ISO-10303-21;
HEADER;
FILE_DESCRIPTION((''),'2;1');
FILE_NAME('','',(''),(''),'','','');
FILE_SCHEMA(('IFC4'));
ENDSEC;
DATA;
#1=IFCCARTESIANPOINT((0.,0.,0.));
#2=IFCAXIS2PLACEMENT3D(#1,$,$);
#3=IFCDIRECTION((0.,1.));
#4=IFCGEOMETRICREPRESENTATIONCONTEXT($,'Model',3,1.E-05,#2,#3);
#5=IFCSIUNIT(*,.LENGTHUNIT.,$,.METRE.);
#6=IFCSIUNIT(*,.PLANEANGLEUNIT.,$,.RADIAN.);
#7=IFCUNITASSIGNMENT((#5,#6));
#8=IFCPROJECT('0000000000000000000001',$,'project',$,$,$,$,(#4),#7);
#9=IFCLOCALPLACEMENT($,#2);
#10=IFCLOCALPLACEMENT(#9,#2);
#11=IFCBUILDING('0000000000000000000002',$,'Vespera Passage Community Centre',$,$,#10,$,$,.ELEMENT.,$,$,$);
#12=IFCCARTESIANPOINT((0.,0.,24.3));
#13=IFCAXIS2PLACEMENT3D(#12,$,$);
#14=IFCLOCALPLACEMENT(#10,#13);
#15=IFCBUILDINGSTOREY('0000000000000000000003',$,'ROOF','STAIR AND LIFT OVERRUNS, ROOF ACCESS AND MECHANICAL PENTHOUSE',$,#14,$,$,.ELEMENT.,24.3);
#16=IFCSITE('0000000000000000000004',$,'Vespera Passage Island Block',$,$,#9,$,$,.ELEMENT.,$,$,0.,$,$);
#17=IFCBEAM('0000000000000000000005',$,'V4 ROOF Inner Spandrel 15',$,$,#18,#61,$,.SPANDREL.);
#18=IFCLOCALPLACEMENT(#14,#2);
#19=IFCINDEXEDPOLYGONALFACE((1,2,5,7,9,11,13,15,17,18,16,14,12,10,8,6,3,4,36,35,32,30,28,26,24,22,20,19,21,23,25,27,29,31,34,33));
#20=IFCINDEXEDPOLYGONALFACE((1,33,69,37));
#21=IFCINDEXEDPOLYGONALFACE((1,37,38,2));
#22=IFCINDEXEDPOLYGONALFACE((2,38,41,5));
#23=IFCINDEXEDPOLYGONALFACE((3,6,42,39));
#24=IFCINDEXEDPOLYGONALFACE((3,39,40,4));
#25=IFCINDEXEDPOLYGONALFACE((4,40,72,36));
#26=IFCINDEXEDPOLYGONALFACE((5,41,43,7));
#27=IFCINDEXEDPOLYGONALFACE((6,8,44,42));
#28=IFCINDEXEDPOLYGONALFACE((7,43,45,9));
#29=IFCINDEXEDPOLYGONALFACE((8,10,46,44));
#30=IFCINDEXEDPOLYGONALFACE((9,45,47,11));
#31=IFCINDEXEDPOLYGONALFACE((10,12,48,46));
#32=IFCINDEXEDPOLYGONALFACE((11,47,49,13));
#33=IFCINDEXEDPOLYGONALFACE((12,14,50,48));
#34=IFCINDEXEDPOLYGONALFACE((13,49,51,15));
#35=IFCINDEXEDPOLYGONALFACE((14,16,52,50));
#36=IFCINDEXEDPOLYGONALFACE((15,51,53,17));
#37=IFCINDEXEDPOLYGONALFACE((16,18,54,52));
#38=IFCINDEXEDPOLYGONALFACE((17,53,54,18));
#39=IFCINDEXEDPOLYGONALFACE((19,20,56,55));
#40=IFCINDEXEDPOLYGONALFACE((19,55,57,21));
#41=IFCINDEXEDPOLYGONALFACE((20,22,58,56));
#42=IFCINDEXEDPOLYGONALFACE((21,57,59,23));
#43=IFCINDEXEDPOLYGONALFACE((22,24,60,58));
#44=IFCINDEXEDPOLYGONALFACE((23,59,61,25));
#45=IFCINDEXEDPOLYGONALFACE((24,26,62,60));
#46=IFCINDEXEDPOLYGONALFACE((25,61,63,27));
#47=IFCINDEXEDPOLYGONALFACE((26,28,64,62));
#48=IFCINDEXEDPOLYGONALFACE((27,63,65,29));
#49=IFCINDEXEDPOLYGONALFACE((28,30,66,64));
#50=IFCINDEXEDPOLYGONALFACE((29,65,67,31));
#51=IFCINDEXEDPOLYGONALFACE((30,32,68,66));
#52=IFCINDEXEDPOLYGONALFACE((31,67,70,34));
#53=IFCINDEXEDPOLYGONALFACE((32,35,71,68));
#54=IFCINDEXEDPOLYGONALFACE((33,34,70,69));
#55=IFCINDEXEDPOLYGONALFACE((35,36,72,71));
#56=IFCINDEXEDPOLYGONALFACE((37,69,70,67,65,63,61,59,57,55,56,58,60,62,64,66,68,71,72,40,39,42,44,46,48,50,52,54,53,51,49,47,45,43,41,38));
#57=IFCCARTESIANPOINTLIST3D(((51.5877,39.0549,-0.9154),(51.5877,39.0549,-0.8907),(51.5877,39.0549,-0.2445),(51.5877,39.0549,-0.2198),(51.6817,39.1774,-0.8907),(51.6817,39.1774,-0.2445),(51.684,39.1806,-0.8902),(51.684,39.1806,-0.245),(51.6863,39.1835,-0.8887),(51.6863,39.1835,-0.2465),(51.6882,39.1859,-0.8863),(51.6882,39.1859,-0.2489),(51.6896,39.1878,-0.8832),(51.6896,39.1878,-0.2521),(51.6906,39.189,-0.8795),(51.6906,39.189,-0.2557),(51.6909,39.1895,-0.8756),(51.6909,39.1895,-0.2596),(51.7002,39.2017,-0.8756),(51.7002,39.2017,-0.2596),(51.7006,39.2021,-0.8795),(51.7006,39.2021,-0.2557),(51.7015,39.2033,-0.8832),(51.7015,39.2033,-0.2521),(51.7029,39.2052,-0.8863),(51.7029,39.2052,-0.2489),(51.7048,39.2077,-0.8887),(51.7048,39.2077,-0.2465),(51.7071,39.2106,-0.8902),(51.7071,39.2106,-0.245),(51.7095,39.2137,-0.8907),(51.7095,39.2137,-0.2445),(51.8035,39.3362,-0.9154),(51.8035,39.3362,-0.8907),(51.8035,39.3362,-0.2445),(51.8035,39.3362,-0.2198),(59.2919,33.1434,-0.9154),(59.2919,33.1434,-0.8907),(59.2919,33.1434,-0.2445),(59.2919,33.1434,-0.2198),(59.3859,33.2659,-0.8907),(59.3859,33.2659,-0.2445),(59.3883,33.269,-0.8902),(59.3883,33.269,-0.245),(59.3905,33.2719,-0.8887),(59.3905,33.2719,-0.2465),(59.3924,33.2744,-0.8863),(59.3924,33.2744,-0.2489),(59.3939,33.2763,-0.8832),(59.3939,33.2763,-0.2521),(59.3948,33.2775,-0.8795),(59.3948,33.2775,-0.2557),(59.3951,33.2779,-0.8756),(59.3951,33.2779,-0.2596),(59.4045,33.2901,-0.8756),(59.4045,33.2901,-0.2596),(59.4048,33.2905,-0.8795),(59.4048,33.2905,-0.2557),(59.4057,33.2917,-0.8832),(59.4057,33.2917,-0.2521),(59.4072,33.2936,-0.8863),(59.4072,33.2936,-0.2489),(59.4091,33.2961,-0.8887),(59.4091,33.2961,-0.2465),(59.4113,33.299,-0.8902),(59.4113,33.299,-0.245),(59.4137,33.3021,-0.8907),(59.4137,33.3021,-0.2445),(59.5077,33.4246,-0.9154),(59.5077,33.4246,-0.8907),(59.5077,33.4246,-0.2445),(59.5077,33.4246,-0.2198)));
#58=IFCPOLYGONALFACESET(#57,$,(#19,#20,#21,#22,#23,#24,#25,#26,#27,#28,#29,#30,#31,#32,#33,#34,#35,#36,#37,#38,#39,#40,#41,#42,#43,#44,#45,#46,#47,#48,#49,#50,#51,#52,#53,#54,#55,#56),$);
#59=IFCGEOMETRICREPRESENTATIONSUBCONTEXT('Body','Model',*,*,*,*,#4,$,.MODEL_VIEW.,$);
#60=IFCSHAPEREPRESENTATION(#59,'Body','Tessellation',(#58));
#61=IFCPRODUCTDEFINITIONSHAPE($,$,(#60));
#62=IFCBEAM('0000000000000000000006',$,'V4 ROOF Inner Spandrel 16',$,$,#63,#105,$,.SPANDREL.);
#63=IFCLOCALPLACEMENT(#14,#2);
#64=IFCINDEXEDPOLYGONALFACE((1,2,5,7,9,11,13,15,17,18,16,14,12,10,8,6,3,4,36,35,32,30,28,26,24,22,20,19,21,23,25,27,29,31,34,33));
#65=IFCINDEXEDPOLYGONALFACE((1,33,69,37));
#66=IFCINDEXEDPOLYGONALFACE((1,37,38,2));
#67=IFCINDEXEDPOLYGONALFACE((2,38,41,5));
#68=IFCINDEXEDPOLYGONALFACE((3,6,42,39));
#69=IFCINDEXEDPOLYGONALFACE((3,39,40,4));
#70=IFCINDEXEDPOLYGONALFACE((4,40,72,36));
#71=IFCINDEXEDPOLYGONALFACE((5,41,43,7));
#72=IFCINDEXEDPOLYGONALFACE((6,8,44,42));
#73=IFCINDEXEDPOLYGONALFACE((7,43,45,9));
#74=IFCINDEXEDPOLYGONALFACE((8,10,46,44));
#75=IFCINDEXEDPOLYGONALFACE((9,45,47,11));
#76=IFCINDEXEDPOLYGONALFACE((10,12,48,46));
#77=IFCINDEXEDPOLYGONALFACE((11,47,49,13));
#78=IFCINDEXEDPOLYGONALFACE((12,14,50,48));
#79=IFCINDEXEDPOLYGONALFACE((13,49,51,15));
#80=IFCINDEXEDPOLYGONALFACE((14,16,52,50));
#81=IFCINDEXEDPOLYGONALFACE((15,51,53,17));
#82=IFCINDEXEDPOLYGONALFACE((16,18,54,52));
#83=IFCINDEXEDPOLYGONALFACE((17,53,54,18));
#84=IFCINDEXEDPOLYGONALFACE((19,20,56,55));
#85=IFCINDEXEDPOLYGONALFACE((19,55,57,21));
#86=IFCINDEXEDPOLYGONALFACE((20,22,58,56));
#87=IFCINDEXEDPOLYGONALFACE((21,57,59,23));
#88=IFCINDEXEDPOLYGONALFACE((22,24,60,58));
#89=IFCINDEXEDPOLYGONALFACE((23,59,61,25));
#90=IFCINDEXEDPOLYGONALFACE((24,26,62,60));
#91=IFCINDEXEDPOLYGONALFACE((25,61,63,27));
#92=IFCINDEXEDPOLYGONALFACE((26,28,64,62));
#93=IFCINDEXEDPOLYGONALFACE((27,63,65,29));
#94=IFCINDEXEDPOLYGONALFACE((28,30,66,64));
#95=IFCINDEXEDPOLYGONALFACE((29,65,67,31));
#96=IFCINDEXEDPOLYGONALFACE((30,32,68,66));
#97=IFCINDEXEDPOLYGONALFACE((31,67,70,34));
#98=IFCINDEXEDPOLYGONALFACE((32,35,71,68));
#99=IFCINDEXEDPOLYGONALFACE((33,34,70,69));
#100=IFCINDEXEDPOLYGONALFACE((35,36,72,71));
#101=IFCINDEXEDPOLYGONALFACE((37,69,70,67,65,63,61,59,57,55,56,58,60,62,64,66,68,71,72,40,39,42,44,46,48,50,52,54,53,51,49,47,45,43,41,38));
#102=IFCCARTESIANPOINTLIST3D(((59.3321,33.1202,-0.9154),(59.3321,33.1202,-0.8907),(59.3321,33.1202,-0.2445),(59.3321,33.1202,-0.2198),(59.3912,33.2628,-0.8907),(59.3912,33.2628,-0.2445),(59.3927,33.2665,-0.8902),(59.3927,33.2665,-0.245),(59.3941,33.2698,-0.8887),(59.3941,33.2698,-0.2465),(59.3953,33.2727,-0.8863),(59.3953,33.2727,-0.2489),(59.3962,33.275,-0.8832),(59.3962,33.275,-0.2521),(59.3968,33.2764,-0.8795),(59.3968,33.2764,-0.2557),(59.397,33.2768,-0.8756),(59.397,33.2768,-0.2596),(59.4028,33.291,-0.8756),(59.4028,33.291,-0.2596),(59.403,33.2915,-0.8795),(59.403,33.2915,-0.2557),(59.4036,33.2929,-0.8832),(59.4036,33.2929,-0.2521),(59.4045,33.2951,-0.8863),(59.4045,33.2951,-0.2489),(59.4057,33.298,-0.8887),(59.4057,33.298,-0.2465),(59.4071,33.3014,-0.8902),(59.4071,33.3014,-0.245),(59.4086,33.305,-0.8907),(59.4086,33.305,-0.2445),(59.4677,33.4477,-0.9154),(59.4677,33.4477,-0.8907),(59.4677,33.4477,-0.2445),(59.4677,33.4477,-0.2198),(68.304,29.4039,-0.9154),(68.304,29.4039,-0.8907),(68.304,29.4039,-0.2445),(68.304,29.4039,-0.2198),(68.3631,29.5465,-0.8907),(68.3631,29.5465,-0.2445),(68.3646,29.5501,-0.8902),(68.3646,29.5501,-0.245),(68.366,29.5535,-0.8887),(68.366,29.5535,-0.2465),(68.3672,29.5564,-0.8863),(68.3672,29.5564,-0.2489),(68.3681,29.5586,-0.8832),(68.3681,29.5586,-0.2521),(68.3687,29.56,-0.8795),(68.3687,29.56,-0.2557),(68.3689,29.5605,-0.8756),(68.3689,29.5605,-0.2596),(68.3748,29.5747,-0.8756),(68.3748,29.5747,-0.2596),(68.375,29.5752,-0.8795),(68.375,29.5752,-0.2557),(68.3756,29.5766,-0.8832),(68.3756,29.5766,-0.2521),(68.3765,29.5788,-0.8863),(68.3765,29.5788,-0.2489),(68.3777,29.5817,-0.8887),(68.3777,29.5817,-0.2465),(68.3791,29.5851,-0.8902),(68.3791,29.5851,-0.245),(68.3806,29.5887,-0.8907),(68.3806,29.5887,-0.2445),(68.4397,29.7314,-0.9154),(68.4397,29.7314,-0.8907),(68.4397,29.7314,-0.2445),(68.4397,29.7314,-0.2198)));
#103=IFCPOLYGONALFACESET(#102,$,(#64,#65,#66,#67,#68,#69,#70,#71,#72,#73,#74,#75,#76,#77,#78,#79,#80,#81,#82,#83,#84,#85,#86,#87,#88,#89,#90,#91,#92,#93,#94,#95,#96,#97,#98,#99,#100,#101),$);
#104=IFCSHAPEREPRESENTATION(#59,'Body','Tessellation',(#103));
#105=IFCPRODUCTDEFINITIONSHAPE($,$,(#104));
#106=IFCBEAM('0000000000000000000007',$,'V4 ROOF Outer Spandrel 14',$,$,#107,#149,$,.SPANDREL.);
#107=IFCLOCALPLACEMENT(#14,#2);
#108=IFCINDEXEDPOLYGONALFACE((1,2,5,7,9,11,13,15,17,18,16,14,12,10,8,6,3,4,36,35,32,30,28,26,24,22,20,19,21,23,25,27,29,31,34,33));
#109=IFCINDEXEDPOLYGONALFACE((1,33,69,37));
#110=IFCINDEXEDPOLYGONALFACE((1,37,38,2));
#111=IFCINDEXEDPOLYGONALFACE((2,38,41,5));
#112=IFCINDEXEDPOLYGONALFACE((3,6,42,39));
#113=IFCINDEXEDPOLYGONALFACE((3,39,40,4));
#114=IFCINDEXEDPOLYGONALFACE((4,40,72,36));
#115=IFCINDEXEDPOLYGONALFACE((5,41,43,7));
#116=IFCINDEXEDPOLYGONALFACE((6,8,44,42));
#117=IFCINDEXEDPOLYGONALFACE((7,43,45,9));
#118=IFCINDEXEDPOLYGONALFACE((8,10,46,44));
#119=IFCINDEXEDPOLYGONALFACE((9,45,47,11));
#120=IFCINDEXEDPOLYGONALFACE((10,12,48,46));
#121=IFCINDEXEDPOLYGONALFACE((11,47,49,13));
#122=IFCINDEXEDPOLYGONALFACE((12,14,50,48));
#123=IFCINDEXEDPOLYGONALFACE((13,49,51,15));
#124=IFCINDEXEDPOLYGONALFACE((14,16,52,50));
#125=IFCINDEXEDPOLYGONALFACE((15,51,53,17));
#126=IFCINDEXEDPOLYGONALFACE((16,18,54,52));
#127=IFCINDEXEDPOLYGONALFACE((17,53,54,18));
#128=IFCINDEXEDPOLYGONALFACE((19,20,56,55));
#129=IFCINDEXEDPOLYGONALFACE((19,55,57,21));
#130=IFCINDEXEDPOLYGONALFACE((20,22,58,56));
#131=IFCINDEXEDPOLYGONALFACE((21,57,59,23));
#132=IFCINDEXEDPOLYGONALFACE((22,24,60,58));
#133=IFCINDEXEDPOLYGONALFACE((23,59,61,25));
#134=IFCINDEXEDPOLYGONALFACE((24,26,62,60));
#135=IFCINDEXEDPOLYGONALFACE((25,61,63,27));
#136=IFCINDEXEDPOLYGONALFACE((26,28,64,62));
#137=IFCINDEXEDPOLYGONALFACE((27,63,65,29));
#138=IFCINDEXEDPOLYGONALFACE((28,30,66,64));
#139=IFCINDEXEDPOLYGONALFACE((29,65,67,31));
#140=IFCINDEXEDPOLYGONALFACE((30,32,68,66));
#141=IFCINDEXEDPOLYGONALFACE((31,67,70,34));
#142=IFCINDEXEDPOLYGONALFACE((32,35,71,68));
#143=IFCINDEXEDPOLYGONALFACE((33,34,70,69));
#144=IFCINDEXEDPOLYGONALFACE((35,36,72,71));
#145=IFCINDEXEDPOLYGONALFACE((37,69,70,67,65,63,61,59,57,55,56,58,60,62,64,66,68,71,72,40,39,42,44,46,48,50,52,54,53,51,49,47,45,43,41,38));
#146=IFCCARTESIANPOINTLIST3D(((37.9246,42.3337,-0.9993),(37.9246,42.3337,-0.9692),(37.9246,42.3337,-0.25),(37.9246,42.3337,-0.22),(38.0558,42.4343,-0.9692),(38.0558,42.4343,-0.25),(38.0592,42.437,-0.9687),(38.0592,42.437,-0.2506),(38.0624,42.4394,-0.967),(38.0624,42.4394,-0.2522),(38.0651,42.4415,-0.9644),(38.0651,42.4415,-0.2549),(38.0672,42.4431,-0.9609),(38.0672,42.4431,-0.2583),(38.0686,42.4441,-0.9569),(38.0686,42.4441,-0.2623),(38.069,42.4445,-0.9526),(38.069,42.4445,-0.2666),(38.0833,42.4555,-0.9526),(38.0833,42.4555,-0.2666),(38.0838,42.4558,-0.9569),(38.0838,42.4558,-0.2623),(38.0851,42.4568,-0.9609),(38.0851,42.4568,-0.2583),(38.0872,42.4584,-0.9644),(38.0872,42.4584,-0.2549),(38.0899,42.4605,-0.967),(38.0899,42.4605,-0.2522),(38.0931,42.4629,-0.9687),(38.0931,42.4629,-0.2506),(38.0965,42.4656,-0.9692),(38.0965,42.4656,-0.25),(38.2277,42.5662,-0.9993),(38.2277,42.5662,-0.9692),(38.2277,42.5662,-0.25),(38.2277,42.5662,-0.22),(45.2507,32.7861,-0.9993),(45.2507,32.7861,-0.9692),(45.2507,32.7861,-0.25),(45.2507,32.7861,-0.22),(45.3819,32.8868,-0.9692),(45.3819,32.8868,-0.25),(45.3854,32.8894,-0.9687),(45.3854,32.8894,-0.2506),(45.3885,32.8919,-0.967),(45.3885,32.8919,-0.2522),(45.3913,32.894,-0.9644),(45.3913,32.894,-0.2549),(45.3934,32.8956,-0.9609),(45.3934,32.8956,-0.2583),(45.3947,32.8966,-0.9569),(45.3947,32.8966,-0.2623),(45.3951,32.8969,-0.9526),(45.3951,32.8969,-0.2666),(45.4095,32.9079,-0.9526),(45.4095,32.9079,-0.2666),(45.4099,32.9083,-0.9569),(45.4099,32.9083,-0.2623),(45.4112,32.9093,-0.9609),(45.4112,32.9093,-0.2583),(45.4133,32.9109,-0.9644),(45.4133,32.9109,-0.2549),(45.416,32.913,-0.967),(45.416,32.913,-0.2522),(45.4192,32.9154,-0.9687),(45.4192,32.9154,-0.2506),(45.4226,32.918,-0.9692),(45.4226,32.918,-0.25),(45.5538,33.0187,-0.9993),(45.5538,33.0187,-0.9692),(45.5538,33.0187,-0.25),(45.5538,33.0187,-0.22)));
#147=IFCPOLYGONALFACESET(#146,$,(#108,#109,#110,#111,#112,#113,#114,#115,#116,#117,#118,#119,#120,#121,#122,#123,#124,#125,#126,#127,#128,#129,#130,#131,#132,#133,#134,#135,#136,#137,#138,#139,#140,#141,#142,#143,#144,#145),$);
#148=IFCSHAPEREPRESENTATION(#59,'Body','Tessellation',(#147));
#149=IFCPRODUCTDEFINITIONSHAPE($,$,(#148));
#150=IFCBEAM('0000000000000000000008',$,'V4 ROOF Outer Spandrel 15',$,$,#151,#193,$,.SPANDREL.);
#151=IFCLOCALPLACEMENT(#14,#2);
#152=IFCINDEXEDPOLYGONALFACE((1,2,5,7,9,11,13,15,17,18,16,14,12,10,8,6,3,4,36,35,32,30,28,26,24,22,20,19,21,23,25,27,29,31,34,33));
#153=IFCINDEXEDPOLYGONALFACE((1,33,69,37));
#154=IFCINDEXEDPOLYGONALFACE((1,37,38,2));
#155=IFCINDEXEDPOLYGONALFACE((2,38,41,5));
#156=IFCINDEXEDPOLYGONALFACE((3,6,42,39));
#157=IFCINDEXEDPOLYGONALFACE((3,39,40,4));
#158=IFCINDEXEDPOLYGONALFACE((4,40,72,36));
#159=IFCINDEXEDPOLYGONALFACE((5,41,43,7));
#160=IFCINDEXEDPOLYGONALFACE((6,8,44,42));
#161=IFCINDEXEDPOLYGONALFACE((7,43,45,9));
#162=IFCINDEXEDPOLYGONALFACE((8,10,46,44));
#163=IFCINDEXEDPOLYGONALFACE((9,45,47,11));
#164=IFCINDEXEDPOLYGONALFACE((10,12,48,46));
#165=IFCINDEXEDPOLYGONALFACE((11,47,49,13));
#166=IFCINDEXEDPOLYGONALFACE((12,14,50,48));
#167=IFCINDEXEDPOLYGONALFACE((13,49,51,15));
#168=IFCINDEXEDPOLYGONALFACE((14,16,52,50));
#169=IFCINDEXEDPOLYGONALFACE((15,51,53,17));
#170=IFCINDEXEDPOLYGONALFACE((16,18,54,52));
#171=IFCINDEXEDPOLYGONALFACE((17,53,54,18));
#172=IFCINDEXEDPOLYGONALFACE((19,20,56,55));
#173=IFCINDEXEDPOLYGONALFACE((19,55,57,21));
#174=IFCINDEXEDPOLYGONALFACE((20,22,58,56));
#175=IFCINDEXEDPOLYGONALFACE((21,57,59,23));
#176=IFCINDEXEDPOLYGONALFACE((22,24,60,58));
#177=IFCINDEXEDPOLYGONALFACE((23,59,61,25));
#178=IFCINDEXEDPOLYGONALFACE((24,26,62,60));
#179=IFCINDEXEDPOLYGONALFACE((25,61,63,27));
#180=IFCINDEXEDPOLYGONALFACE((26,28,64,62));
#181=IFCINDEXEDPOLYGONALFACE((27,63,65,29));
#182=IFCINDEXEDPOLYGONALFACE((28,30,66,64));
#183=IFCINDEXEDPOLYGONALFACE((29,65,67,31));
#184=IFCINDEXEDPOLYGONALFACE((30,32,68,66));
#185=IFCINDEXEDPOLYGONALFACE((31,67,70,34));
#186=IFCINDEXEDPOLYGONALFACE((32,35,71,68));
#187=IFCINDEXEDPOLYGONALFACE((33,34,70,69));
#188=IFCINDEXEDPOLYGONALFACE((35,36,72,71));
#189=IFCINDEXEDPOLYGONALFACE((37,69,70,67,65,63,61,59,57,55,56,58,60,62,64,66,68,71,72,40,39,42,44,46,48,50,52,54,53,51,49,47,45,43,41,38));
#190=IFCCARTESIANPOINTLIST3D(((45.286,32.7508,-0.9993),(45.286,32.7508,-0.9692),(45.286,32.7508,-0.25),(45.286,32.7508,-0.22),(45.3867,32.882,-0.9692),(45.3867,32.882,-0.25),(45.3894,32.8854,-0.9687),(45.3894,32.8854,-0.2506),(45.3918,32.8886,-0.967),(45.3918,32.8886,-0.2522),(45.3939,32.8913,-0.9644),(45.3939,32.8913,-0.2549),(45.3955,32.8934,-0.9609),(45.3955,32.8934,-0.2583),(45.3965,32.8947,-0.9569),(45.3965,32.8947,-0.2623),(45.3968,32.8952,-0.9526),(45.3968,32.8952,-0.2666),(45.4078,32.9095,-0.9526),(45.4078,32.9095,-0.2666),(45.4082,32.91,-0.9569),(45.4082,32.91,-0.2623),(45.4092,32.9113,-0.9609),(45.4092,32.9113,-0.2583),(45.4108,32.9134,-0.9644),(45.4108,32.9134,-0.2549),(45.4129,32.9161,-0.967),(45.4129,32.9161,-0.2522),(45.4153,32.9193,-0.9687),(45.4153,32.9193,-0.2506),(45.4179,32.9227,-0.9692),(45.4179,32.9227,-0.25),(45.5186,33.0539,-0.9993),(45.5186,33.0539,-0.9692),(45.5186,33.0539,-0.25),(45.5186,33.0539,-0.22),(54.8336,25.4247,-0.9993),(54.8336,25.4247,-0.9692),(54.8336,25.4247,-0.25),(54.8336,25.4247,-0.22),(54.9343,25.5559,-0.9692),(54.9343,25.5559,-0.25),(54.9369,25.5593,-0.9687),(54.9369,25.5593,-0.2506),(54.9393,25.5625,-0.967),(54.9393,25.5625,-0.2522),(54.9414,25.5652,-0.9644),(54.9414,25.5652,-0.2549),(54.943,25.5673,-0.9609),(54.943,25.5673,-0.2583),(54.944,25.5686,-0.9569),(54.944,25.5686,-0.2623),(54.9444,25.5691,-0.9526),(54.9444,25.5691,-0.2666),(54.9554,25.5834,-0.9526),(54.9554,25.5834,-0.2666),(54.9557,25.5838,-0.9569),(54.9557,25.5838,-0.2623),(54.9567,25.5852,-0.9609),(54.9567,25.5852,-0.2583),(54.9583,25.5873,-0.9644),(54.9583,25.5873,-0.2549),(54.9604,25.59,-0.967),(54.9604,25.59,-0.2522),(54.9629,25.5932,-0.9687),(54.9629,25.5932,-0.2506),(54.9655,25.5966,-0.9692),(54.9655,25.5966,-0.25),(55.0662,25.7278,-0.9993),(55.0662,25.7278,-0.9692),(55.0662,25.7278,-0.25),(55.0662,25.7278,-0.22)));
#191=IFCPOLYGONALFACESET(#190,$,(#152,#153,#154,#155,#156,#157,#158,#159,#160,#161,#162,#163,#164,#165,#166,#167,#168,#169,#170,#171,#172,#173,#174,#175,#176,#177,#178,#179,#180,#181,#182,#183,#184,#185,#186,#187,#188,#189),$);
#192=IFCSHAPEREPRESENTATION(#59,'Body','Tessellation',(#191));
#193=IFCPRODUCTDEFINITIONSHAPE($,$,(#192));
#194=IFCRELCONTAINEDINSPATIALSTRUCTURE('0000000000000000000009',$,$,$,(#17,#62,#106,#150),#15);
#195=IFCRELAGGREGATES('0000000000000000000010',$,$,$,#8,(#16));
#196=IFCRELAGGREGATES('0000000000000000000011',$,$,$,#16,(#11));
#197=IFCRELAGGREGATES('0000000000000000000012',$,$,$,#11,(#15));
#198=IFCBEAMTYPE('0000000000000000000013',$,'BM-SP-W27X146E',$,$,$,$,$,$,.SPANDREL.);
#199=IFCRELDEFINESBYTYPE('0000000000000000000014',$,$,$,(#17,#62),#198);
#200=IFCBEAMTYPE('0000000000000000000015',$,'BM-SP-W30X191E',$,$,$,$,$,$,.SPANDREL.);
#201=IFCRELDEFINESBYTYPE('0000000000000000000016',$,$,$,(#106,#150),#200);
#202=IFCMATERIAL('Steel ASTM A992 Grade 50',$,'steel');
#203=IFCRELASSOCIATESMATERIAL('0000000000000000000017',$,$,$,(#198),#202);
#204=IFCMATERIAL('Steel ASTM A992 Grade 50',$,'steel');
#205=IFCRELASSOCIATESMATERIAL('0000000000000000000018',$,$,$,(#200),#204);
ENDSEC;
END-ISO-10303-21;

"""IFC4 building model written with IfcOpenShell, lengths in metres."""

from ifc_helpers import new_model, si_unit, direction, frame, origin, origin_2d, place, context, subcontext, project, spatial, i_section, extrude, material, material_profile, profile_set, type_object, element, save


model = new_model("IFC4")

# Units and contexts
model_context = context("Model", 3, precision=1e-05, world=origin(), true_north=direction((0.0, 1.0)))
body_context = subcontext(model_context, "Body", "Model", "MODEL_VIEW")
ifc_project = project(units=[si_unit("LENGTHUNIT", "METRE"), si_unit("PLANEANGLEUNIT", "RADIAN")], contexts=[model_context])

# Site, building, storey
site_placement = place(None, origin())
site = spatial("IfcSite", under=ifc_project, at=site_placement, Name="Vespera Passage Island Block", CompositionType="ELEMENT", RefElevation=0.0)
building_placement = place(site_placement, origin())
building = spatial("IfcBuilding", under=site, at=building_placement, Name="Vespera Passage Community Centre", CompositionType="ELEMENT")
storey_placement = place(building_placement, frame((0.0, 0.0, 24.3)))
storey = spatial("IfcBuildingStorey", under=building, at=storey_placement, Name="ROOF", Description="STAIR AND LIFT OVERRUNS, ROOF ACCESS AND MECHANICAL PENTHOUSE", CompositionType="ELEMENT", Elevation=24.3)

# Beams
ifc_material_1 = material(Name="Steel ASTM A992 Grade 50", Category="steel")
ifc_material_profile_1 = material_profile(ifc_material_1, i_section(OverallWidth=0.3545, OverallDepth=0.6956, WebThickness=0.0154, FlangeThickness=0.0247, FilletRadius=0.0151, at=origin_2d()), Name="W27X146")
ifc_profile_set_1 = profile_set([ifc_material_profile_1], Name="Steel ASTM A992 Grade 50")
beam_type_1 = type_object("IfcBeamType", Name="BM-SP-W27X146E", PredefinedType="SPANDREL", material=ifc_profile_set_1)
for number, where, z_axis, x_axis, name in (
    (1, (51.6956, 39.1956, -0.5676), (0.79336, -0.608753, 0.0), (0.608753, 0.79336, 0.0), "V4 ROOF Inner Spandrel 15"),
):
    element("IfcBeam", number, at=place(storey_placement, frame(where, z_axis=z_axis, x_axis=x_axis)), inside=storey, type_object=beam_type_1, Name=name, PredefinedType="SPANDREL", context=body_context, shape_type="SweptSolid", body=[
        extrude(i_section(OverallWidth=0.3545, OverallDepth=0.6956, WebThickness=0.0154, FlangeThickness=0.0247, FilletRadius=0.0151, at=origin_2d()), origin(), (0.0, 0.0, 1.0), 9.7109),
    ])
beam_1_placement = place(storey_placement, frame((59.3999, 33.2839, -0.5676), z_axis=(0.923879, -0.382685, 0.0), x_axis=(0.382685, 0.923879, 0.0)))
element("IfcBeam", 2, at=beam_1_placement, inside=storey, type_object=beam_type_1, Name="V4 ROOF Inner Spandrel 16", PredefinedType="SPANDREL", context=body_context, shape_type="SweptSolid", body=[
    extrude(i_section(OverallWidth=0.3545, OverallDepth=0.6956, WebThickness=0.0154, FlangeThickness=0.0247, FilletRadius=0.0151, at=origin_2d()), origin(), (0.0, 0.0, 1.0), 9.7112),
])
ifc_material_2 = material(Name="Steel ASTM A992 Grade 50", Category="steel")
ifc_material_profile_2 = material_profile(ifc_material_2, i_section(OverallWidth=0.3821, OverallDepth=0.7793, WebThickness=0.0181, FlangeThickness=0.03, FilletRadius=0.0166, at=origin_2d()), Name="W30X191")
ifc_profile_set_2 = profile_set([ifc_material_profile_2], Name="Steel ASTM A992 Grade 50")
beam_type_2 = type_object("IfcBeamType", Name="BM-SP-W30X191E", PredefinedType="SPANDREL", material=ifc_profile_set_2)
for number, where, z_axis, x_axis, name in (
    (3, (38.0762, 42.45, -0.6096), (0.608763, -0.793352, 0.0), (0.793352, 0.608763, 0.0), "V4 ROOF Outer Spandrel 14"),
    (4, (45.4023, 32.9023, -0.6096), (0.793352, -0.608763, 0.0), (0.608763, 0.793352, 0.0), "V4 ROOF Outer Spandrel 15"),
):
    element("IfcBeam", number, at=place(storey_placement, frame(where, z_axis=z_axis, x_axis=x_axis)), inside=storey, type_object=beam_type_2, Name=name, PredefinedType="SPANDREL", context=body_context, shape_type="SweptSolid", body=[
        extrude(i_section(OverallWidth=0.3821, OverallDepth=0.7793, WebThickness=0.0181, FlangeThickness=0.03, FilletRadius=0.0166, at=origin_2d()), origin(), (0.0, 0.0, 1.0), 12.0344),
    ])

save(model, "model.ifc")
